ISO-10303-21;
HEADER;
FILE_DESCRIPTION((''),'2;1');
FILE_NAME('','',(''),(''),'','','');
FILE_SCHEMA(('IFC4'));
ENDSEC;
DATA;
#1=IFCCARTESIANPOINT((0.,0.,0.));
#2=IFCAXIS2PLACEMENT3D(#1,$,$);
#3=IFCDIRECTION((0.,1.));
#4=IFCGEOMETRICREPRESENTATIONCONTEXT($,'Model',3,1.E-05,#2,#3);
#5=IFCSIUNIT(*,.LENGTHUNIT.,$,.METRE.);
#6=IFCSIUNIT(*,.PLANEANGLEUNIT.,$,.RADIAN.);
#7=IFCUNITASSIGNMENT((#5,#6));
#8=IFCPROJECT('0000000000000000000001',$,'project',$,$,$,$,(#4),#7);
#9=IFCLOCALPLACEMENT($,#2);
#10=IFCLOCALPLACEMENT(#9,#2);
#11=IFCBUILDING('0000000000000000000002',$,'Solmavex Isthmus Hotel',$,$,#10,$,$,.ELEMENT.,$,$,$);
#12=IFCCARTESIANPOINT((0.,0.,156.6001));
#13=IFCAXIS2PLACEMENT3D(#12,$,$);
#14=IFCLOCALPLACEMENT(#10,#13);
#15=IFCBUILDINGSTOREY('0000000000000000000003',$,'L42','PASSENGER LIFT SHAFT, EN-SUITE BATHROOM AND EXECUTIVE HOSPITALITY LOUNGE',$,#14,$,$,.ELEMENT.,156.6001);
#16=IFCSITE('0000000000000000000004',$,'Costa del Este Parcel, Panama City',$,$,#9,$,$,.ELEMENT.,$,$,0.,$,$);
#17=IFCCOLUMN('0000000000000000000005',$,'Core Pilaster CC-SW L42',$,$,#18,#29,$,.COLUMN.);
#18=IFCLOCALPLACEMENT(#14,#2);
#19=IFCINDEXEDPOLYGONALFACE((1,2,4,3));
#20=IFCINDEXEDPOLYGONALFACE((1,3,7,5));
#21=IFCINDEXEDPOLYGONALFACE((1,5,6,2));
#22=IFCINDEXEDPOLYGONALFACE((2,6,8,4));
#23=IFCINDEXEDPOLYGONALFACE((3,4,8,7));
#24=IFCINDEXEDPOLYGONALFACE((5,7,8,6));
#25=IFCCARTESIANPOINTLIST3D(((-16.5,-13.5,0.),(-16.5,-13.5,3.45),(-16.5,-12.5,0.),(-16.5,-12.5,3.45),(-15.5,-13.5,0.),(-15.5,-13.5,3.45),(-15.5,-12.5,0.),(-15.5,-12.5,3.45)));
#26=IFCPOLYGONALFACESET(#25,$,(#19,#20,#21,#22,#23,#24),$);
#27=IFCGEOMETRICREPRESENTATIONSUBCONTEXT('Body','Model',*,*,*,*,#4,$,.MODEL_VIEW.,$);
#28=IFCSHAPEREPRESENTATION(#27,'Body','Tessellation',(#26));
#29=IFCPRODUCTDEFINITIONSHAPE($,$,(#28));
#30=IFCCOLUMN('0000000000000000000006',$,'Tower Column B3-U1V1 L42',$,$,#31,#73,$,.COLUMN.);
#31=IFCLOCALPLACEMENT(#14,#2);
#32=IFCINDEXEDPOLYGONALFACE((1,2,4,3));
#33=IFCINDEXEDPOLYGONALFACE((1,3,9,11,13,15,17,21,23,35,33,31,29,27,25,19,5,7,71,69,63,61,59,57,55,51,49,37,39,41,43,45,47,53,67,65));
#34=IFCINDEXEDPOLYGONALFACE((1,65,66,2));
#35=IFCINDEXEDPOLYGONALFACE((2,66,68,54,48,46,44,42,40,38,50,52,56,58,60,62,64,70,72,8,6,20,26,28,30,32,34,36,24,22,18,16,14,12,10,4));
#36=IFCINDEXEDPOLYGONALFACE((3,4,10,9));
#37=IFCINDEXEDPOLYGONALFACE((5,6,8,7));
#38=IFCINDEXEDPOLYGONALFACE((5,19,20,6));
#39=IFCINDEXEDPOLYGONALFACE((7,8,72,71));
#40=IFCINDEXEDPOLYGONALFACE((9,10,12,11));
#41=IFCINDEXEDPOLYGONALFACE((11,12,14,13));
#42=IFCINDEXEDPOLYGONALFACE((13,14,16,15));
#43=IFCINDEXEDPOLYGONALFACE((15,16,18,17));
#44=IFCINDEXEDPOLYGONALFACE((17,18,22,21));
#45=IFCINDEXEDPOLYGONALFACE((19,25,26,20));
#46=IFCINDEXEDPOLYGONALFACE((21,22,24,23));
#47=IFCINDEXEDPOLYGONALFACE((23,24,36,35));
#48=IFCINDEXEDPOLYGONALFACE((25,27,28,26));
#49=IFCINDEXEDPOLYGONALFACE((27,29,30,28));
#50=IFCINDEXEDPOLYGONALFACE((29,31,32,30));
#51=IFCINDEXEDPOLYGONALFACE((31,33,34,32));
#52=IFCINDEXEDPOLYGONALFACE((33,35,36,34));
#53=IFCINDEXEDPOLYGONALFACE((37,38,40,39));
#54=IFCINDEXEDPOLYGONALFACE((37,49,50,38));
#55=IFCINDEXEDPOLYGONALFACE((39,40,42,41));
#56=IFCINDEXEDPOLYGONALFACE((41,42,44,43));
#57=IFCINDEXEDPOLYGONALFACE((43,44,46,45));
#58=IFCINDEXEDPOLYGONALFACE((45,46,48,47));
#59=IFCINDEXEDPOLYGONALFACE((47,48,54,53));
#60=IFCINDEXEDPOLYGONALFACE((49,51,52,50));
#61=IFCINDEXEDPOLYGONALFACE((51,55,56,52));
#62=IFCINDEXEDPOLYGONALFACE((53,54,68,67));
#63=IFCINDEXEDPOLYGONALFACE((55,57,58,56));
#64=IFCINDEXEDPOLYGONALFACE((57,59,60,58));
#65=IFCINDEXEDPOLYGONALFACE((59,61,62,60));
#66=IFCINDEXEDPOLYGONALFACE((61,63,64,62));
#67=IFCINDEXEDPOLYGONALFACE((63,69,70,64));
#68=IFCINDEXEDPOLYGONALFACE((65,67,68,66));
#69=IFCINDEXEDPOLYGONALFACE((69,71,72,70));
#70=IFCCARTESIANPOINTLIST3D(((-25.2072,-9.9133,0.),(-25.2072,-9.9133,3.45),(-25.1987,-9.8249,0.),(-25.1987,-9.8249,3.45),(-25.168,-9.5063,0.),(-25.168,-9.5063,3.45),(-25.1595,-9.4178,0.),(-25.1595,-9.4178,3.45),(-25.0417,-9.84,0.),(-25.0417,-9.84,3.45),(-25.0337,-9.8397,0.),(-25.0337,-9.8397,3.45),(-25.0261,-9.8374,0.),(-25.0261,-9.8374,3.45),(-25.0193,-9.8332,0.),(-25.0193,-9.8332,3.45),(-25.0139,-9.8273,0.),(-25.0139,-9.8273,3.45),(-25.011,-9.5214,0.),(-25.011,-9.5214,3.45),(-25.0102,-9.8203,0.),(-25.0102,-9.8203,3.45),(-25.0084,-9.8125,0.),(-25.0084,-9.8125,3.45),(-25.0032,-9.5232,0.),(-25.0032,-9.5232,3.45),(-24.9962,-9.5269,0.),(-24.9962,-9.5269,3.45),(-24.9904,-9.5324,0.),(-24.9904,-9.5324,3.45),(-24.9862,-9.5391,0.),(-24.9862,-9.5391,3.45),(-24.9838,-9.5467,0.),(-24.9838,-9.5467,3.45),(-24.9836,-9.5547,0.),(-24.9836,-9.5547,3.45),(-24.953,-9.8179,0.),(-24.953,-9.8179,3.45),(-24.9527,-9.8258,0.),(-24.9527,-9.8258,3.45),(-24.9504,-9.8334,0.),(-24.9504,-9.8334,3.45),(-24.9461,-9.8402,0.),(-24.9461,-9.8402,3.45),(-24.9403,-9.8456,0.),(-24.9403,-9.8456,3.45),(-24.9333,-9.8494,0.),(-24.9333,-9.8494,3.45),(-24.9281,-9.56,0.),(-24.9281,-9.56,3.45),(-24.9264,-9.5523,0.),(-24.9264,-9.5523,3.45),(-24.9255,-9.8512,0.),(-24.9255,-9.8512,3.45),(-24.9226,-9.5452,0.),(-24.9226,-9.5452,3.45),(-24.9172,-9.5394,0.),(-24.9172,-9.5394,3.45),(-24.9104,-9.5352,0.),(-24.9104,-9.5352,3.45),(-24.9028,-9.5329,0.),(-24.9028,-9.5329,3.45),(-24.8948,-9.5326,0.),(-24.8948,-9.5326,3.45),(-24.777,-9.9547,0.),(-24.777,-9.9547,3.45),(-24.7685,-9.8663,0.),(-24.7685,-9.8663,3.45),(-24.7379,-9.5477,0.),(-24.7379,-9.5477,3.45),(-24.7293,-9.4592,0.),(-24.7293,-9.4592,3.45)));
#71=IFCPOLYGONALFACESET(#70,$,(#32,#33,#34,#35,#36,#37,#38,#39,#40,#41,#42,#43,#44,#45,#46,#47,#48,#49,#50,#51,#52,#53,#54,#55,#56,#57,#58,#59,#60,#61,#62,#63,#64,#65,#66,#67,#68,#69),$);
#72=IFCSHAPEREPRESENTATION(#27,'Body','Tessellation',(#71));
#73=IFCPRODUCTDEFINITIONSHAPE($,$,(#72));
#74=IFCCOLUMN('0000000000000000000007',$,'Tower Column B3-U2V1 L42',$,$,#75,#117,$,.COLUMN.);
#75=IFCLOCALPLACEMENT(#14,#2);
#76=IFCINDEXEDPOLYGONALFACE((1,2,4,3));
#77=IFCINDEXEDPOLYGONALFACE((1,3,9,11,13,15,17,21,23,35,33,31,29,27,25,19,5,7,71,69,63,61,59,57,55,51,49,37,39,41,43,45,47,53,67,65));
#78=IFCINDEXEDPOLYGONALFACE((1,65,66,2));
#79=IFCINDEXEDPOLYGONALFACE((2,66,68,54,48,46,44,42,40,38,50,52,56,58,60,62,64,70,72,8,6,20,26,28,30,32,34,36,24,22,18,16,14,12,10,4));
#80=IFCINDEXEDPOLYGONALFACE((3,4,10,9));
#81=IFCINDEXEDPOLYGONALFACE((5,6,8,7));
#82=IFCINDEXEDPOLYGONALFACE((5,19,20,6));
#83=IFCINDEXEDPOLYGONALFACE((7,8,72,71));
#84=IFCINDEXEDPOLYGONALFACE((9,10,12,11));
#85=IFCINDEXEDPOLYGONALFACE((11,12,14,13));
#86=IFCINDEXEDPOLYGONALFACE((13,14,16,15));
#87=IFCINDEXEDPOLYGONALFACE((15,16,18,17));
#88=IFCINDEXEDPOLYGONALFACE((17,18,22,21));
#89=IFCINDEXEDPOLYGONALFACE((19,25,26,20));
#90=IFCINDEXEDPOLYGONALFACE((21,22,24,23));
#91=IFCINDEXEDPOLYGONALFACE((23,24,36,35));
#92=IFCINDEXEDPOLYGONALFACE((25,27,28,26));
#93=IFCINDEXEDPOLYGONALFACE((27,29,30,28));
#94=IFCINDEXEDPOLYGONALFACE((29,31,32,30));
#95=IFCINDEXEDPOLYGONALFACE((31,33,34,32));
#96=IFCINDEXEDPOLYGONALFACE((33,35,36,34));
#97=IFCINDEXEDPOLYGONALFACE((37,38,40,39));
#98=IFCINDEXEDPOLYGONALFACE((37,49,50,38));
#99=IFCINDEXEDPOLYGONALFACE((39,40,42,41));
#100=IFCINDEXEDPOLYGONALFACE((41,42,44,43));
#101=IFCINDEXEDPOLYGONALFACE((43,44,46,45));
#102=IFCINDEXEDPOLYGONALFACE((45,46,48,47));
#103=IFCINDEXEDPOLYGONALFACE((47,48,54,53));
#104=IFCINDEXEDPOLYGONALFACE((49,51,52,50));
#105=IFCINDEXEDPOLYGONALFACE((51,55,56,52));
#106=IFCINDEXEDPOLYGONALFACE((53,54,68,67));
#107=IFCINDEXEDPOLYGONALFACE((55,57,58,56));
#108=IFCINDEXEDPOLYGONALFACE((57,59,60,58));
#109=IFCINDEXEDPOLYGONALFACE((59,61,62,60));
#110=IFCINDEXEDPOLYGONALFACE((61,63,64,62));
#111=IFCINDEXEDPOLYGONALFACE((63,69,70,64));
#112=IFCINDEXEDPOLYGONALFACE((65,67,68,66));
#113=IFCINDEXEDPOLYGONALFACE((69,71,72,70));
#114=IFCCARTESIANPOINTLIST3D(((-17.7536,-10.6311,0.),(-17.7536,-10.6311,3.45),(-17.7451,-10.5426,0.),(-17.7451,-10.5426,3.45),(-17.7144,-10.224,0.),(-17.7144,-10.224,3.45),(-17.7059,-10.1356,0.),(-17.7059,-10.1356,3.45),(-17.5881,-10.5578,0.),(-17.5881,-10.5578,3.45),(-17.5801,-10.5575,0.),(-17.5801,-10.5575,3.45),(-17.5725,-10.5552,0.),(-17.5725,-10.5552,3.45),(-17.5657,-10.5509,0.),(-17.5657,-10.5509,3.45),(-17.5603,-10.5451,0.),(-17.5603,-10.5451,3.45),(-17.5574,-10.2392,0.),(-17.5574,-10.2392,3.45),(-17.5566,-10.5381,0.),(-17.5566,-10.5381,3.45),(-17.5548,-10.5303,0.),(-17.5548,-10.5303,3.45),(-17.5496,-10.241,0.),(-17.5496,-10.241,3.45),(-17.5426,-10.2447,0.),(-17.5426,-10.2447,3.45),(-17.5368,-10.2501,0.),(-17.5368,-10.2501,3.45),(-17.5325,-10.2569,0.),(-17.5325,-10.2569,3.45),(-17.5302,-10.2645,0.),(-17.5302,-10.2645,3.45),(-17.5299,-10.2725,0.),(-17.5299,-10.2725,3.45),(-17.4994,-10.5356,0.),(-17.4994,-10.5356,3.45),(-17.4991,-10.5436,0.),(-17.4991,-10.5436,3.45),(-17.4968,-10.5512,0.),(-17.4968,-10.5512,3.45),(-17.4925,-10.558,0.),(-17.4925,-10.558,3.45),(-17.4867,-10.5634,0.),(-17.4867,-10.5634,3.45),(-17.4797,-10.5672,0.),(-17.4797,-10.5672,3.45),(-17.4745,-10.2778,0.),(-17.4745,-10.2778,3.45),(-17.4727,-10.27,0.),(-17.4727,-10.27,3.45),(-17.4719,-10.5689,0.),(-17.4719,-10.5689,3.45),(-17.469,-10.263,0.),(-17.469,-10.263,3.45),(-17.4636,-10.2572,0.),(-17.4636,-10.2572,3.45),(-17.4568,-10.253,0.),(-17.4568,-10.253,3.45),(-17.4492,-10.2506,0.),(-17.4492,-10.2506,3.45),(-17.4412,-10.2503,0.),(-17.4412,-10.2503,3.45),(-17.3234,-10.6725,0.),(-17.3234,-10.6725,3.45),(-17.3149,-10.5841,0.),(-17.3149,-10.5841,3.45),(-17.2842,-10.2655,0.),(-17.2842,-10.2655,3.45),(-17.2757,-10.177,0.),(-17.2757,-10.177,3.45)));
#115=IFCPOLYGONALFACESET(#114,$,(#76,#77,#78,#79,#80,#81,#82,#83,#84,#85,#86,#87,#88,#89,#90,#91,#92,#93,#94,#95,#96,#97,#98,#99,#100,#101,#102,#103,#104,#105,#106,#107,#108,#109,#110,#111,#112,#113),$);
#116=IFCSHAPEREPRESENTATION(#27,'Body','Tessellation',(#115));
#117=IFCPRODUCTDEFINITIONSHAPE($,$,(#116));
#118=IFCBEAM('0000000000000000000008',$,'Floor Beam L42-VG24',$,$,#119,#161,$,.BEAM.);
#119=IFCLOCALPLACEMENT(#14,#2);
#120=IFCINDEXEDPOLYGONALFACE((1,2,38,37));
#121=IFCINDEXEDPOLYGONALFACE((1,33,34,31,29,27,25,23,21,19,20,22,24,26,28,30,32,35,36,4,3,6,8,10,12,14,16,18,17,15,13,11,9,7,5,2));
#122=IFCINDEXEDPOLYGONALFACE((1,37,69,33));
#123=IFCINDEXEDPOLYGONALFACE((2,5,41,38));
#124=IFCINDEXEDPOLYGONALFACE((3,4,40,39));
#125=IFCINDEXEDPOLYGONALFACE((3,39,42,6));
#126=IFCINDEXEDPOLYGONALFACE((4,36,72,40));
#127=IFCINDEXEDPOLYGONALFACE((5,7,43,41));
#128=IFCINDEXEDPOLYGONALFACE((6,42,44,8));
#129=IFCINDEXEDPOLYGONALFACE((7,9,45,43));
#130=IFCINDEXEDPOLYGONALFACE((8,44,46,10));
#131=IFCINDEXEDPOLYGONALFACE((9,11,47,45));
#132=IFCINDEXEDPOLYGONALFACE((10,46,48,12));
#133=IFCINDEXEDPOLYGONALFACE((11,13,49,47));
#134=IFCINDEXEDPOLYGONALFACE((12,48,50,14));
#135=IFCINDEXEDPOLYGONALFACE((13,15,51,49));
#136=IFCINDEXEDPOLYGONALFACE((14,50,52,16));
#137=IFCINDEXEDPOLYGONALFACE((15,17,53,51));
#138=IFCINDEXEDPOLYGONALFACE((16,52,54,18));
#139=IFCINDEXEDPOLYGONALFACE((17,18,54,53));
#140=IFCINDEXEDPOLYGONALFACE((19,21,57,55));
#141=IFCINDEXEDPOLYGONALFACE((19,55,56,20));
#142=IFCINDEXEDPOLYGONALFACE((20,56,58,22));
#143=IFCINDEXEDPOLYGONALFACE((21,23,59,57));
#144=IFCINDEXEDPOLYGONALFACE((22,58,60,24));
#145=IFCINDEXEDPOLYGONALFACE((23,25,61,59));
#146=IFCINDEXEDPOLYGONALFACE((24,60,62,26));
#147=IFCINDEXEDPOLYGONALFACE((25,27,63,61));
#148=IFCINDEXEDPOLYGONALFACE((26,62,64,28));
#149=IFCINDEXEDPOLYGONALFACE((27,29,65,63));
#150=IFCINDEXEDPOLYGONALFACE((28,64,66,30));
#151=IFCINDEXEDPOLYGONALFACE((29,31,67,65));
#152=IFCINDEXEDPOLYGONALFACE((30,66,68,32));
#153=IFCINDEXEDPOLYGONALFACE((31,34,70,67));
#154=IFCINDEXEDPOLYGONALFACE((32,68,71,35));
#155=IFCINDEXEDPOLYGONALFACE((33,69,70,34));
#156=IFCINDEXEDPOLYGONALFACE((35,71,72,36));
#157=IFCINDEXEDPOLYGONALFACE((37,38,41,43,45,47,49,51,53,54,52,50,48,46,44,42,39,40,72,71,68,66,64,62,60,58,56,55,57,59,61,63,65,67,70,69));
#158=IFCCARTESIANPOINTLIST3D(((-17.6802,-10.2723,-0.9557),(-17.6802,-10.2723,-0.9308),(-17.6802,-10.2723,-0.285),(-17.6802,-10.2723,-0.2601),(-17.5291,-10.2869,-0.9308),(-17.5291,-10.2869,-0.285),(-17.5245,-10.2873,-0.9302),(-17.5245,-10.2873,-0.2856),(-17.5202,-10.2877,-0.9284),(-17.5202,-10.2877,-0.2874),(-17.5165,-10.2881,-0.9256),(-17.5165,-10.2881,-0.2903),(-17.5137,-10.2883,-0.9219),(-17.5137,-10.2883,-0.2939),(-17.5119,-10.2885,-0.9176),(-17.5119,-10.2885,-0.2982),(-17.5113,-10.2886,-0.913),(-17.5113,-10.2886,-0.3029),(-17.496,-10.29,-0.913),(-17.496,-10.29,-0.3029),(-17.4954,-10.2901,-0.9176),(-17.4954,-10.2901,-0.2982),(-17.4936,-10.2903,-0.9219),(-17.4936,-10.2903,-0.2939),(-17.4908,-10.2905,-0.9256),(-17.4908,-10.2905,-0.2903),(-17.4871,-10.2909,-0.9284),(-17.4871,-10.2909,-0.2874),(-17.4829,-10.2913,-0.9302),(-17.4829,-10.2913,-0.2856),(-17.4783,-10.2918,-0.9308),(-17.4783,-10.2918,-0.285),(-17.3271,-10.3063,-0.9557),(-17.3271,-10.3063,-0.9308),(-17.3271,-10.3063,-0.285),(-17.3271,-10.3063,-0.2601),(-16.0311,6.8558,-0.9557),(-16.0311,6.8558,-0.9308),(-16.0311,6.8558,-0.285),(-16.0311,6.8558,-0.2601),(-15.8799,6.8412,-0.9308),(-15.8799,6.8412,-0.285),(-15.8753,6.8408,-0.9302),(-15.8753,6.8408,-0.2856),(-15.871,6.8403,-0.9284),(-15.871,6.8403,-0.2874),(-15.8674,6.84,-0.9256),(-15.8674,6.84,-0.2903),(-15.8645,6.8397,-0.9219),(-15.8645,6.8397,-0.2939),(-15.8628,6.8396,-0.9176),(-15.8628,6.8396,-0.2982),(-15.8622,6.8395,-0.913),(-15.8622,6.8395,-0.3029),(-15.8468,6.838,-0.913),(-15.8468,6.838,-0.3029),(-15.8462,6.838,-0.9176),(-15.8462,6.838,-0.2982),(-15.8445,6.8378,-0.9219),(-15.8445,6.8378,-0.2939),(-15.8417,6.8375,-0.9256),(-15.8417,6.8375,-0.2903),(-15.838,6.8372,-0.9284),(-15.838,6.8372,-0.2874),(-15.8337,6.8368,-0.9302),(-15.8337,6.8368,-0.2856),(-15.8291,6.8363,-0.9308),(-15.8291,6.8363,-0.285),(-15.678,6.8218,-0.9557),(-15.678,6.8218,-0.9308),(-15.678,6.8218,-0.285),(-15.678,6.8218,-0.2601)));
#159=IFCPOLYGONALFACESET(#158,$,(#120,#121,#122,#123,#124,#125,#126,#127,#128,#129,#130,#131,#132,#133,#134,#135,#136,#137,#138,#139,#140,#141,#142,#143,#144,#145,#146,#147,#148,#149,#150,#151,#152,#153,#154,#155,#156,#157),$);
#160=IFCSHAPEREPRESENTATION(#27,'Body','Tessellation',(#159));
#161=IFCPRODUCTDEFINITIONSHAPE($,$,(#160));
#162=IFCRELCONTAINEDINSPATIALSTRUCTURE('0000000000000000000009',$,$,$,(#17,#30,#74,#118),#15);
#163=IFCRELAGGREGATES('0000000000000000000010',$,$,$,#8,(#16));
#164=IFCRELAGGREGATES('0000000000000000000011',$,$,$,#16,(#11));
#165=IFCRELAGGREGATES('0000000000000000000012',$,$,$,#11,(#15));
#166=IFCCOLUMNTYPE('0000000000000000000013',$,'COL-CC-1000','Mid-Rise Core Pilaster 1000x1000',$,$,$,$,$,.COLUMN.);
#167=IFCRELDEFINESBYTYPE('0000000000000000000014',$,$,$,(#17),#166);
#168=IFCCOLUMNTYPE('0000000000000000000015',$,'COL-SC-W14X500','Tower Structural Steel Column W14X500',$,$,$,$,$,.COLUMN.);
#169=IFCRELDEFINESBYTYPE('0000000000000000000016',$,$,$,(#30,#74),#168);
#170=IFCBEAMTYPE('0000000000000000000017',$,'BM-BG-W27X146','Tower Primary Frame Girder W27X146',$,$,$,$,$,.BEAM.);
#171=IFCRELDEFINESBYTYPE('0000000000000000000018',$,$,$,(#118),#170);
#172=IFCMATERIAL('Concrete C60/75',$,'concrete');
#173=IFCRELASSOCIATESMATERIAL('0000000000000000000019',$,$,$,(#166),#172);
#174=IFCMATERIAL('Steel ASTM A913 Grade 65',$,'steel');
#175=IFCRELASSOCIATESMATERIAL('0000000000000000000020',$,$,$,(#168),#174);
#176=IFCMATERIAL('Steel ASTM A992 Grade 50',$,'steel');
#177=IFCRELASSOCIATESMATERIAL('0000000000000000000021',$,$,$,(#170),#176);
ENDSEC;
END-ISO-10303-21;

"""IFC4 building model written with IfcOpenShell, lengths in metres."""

from ifc_helpers import new_model, si_unit, direction, frame, origin, origin_2d, place, context, subcontext, project, spatial, rectangle, i_section, extrude, material, material_profile, profile_set, type_object, element, save


model = new_model("IFC4")

# Units and contexts
model_context = context("Model", 3, precision=1e-05, world=origin(), true_north=direction((0.0, 1.0)))
body_context = subcontext(model_context, "Body", "Model", "MODEL_VIEW")
ifc_project = project(units=[si_unit("LENGTHUNIT", "METRE"), si_unit("PLANEANGLEUNIT", "RADIAN")], contexts=[model_context])

# Site, building, storey
site_placement = place(None, origin())
site = spatial("IfcSite", under=ifc_project, at=site_placement, Name="Costa del Este Parcel, Panama City", CompositionType="ELEMENT", RefElevation=0.0)
building_placement = place(site_placement, origin())
building = spatial("IfcBuilding", under=site, at=building_placement, Name="Solmavex Isthmus Hotel", CompositionType="ELEMENT")
storey_placement = place(building_placement, frame((0.0, 0.0, 156.6001)))
storey = spatial("IfcBuildingStorey", under=building, at=storey_placement, Name="L42", Description="PASSENGER LIFT SHAFT, EN-SUITE BATHROOM AND EXECUTIVE HOSPITALITY LOUNGE", CompositionType="ELEMENT", Elevation=156.6001)

# Columns
ifc_material_1 = material(Name="Concrete C60/75", Category="concrete")
ifc_material_profile_1 = material_profile(ifc_material_1, rectangle(XDim=1.0, YDim=1.0, at=origin_2d()), Name="RC1000X1000")
ifc_profile_set_1 = profile_set([ifc_material_profile_1], Name="Concrete C60/75")
column_type_1 = type_object("IfcColumnType", Name="COL-CC-1000", Description="Mid-Rise Core Pilaster 1000x1000", PredefinedType="COLUMN", material=ifc_profile_set_1)
column_placement = place(storey_placement, frame((-16.0, -13.0, 0.0), z_axis=(0.0, 0.0, 1.0), x_axis=(1.0, 0.0, 0.0)))
element("IfcColumn", 1, at=column_placement, inside=storey, type_object=column_type_1, Name="Core Pilaster CC-SW L42", PredefinedType="COLUMN", context=body_context, shape_type="SweptSolid", body=[
    extrude(rectangle(XDim=1.0, YDim=1.0, at=origin_2d()), origin(), (0.0, 0.0, 1.0), 3.45),
])
ifc_material_2 = material(Name="Steel ASTM A913 Grade 65", Category="steel")
ifc_material_profile_2 = material_profile(ifc_material_2, i_section(OverallWidth=0.4321, OverallDepth=0.4978, WebThickness=0.0557, FlangeThickness=0.0889, FilletRadius=0.0305, at=origin_2d()), Name="W14X500")
ifc_profile_set_2 = profile_set([ifc_material_profile_2], Name="Steel ASTM A913 Grade 65")
column_type_2 = type_object("IfcColumnType", Name="COL-SC-W14X500", Description="Tower Structural Steel Column W14X500", PredefinedType="COLUMN", material=ifc_profile_set_2)
for number, where, z_axis, x_axis, name in (
    (2, (-24.9683, -9.6863, 0.0), (0.0, 0.0, 1.0), (0.995396, -0.095846, 0.0), "Tower Column B3-U1V1 L42"),
    (3, (-17.5146, -10.4041, 0.0), (0.0, 0.0, 1.0), (0.995396, -0.095846, 0.0), "Tower Column B3-U2V1 L42"),
):
    element("IfcColumn", number, at=place(storey_placement, frame(where, z_axis=z_axis, x_axis=x_axis)), inside=storey, type_object=column_type_2, Name=name, PredefinedType="COLUMN", context=body_context, shape_type="SweptSolid", body=[
        extrude(i_section(OverallWidth=0.4321, OverallDepth=0.4978, WebThickness=0.0557, FlangeThickness=0.0889, FilletRadius=0.0305, at=origin_2d()), origin(), (0.0, 0.0, 1.0), 3.45),
    ])

# Beam
ifc_material_3 = material(Name="Steel ASTM A992 Grade 50", Category="steel")
ifc_material_profile_3 = material_profile(ifc_material_3, i_section(OverallWidth=0.3547, OverallDepth=0.6956, WebThickness=0.0154, FlangeThickness=0.0249, FilletRadius=0.0178, at=origin_2d()), Name="W27X146")
ifc_profile_set_3 = profile_set([ifc_material_profile_3], Name="Steel ASTM A992 Grade 50")
beam_type_1 = type_object("IfcBeamType", Name="BM-BG-W27X146", Description="Tower Primary Frame Girder W27X146", PredefinedType="BEAM", material=ifc_profile_set_3)
beam_1_placement = place(storey_placement, frame((-17.5037, -10.2893, -0.6079), z_axis=(0.095841, 0.995397, 0.0), x_axis=(-0.995397, 0.095841, 0.0)))
element("IfcBeam", 4, at=beam_1_placement, inside=storey, type_object=beam_type_1, Name="Floor Beam L42-VG24", PredefinedType="BEAM", context=body_context, shape_type="SweptSolid", body=[
    extrude(i_section(OverallWidth=0.3547, OverallDepth=0.6956, WebThickness=0.0154, FlangeThickness=0.0249, FilletRadius=0.0178, at=origin_2d()), origin(), (0.0, 0.0, 1.0), 17.2073),
])

save(model, "model.ifc")
